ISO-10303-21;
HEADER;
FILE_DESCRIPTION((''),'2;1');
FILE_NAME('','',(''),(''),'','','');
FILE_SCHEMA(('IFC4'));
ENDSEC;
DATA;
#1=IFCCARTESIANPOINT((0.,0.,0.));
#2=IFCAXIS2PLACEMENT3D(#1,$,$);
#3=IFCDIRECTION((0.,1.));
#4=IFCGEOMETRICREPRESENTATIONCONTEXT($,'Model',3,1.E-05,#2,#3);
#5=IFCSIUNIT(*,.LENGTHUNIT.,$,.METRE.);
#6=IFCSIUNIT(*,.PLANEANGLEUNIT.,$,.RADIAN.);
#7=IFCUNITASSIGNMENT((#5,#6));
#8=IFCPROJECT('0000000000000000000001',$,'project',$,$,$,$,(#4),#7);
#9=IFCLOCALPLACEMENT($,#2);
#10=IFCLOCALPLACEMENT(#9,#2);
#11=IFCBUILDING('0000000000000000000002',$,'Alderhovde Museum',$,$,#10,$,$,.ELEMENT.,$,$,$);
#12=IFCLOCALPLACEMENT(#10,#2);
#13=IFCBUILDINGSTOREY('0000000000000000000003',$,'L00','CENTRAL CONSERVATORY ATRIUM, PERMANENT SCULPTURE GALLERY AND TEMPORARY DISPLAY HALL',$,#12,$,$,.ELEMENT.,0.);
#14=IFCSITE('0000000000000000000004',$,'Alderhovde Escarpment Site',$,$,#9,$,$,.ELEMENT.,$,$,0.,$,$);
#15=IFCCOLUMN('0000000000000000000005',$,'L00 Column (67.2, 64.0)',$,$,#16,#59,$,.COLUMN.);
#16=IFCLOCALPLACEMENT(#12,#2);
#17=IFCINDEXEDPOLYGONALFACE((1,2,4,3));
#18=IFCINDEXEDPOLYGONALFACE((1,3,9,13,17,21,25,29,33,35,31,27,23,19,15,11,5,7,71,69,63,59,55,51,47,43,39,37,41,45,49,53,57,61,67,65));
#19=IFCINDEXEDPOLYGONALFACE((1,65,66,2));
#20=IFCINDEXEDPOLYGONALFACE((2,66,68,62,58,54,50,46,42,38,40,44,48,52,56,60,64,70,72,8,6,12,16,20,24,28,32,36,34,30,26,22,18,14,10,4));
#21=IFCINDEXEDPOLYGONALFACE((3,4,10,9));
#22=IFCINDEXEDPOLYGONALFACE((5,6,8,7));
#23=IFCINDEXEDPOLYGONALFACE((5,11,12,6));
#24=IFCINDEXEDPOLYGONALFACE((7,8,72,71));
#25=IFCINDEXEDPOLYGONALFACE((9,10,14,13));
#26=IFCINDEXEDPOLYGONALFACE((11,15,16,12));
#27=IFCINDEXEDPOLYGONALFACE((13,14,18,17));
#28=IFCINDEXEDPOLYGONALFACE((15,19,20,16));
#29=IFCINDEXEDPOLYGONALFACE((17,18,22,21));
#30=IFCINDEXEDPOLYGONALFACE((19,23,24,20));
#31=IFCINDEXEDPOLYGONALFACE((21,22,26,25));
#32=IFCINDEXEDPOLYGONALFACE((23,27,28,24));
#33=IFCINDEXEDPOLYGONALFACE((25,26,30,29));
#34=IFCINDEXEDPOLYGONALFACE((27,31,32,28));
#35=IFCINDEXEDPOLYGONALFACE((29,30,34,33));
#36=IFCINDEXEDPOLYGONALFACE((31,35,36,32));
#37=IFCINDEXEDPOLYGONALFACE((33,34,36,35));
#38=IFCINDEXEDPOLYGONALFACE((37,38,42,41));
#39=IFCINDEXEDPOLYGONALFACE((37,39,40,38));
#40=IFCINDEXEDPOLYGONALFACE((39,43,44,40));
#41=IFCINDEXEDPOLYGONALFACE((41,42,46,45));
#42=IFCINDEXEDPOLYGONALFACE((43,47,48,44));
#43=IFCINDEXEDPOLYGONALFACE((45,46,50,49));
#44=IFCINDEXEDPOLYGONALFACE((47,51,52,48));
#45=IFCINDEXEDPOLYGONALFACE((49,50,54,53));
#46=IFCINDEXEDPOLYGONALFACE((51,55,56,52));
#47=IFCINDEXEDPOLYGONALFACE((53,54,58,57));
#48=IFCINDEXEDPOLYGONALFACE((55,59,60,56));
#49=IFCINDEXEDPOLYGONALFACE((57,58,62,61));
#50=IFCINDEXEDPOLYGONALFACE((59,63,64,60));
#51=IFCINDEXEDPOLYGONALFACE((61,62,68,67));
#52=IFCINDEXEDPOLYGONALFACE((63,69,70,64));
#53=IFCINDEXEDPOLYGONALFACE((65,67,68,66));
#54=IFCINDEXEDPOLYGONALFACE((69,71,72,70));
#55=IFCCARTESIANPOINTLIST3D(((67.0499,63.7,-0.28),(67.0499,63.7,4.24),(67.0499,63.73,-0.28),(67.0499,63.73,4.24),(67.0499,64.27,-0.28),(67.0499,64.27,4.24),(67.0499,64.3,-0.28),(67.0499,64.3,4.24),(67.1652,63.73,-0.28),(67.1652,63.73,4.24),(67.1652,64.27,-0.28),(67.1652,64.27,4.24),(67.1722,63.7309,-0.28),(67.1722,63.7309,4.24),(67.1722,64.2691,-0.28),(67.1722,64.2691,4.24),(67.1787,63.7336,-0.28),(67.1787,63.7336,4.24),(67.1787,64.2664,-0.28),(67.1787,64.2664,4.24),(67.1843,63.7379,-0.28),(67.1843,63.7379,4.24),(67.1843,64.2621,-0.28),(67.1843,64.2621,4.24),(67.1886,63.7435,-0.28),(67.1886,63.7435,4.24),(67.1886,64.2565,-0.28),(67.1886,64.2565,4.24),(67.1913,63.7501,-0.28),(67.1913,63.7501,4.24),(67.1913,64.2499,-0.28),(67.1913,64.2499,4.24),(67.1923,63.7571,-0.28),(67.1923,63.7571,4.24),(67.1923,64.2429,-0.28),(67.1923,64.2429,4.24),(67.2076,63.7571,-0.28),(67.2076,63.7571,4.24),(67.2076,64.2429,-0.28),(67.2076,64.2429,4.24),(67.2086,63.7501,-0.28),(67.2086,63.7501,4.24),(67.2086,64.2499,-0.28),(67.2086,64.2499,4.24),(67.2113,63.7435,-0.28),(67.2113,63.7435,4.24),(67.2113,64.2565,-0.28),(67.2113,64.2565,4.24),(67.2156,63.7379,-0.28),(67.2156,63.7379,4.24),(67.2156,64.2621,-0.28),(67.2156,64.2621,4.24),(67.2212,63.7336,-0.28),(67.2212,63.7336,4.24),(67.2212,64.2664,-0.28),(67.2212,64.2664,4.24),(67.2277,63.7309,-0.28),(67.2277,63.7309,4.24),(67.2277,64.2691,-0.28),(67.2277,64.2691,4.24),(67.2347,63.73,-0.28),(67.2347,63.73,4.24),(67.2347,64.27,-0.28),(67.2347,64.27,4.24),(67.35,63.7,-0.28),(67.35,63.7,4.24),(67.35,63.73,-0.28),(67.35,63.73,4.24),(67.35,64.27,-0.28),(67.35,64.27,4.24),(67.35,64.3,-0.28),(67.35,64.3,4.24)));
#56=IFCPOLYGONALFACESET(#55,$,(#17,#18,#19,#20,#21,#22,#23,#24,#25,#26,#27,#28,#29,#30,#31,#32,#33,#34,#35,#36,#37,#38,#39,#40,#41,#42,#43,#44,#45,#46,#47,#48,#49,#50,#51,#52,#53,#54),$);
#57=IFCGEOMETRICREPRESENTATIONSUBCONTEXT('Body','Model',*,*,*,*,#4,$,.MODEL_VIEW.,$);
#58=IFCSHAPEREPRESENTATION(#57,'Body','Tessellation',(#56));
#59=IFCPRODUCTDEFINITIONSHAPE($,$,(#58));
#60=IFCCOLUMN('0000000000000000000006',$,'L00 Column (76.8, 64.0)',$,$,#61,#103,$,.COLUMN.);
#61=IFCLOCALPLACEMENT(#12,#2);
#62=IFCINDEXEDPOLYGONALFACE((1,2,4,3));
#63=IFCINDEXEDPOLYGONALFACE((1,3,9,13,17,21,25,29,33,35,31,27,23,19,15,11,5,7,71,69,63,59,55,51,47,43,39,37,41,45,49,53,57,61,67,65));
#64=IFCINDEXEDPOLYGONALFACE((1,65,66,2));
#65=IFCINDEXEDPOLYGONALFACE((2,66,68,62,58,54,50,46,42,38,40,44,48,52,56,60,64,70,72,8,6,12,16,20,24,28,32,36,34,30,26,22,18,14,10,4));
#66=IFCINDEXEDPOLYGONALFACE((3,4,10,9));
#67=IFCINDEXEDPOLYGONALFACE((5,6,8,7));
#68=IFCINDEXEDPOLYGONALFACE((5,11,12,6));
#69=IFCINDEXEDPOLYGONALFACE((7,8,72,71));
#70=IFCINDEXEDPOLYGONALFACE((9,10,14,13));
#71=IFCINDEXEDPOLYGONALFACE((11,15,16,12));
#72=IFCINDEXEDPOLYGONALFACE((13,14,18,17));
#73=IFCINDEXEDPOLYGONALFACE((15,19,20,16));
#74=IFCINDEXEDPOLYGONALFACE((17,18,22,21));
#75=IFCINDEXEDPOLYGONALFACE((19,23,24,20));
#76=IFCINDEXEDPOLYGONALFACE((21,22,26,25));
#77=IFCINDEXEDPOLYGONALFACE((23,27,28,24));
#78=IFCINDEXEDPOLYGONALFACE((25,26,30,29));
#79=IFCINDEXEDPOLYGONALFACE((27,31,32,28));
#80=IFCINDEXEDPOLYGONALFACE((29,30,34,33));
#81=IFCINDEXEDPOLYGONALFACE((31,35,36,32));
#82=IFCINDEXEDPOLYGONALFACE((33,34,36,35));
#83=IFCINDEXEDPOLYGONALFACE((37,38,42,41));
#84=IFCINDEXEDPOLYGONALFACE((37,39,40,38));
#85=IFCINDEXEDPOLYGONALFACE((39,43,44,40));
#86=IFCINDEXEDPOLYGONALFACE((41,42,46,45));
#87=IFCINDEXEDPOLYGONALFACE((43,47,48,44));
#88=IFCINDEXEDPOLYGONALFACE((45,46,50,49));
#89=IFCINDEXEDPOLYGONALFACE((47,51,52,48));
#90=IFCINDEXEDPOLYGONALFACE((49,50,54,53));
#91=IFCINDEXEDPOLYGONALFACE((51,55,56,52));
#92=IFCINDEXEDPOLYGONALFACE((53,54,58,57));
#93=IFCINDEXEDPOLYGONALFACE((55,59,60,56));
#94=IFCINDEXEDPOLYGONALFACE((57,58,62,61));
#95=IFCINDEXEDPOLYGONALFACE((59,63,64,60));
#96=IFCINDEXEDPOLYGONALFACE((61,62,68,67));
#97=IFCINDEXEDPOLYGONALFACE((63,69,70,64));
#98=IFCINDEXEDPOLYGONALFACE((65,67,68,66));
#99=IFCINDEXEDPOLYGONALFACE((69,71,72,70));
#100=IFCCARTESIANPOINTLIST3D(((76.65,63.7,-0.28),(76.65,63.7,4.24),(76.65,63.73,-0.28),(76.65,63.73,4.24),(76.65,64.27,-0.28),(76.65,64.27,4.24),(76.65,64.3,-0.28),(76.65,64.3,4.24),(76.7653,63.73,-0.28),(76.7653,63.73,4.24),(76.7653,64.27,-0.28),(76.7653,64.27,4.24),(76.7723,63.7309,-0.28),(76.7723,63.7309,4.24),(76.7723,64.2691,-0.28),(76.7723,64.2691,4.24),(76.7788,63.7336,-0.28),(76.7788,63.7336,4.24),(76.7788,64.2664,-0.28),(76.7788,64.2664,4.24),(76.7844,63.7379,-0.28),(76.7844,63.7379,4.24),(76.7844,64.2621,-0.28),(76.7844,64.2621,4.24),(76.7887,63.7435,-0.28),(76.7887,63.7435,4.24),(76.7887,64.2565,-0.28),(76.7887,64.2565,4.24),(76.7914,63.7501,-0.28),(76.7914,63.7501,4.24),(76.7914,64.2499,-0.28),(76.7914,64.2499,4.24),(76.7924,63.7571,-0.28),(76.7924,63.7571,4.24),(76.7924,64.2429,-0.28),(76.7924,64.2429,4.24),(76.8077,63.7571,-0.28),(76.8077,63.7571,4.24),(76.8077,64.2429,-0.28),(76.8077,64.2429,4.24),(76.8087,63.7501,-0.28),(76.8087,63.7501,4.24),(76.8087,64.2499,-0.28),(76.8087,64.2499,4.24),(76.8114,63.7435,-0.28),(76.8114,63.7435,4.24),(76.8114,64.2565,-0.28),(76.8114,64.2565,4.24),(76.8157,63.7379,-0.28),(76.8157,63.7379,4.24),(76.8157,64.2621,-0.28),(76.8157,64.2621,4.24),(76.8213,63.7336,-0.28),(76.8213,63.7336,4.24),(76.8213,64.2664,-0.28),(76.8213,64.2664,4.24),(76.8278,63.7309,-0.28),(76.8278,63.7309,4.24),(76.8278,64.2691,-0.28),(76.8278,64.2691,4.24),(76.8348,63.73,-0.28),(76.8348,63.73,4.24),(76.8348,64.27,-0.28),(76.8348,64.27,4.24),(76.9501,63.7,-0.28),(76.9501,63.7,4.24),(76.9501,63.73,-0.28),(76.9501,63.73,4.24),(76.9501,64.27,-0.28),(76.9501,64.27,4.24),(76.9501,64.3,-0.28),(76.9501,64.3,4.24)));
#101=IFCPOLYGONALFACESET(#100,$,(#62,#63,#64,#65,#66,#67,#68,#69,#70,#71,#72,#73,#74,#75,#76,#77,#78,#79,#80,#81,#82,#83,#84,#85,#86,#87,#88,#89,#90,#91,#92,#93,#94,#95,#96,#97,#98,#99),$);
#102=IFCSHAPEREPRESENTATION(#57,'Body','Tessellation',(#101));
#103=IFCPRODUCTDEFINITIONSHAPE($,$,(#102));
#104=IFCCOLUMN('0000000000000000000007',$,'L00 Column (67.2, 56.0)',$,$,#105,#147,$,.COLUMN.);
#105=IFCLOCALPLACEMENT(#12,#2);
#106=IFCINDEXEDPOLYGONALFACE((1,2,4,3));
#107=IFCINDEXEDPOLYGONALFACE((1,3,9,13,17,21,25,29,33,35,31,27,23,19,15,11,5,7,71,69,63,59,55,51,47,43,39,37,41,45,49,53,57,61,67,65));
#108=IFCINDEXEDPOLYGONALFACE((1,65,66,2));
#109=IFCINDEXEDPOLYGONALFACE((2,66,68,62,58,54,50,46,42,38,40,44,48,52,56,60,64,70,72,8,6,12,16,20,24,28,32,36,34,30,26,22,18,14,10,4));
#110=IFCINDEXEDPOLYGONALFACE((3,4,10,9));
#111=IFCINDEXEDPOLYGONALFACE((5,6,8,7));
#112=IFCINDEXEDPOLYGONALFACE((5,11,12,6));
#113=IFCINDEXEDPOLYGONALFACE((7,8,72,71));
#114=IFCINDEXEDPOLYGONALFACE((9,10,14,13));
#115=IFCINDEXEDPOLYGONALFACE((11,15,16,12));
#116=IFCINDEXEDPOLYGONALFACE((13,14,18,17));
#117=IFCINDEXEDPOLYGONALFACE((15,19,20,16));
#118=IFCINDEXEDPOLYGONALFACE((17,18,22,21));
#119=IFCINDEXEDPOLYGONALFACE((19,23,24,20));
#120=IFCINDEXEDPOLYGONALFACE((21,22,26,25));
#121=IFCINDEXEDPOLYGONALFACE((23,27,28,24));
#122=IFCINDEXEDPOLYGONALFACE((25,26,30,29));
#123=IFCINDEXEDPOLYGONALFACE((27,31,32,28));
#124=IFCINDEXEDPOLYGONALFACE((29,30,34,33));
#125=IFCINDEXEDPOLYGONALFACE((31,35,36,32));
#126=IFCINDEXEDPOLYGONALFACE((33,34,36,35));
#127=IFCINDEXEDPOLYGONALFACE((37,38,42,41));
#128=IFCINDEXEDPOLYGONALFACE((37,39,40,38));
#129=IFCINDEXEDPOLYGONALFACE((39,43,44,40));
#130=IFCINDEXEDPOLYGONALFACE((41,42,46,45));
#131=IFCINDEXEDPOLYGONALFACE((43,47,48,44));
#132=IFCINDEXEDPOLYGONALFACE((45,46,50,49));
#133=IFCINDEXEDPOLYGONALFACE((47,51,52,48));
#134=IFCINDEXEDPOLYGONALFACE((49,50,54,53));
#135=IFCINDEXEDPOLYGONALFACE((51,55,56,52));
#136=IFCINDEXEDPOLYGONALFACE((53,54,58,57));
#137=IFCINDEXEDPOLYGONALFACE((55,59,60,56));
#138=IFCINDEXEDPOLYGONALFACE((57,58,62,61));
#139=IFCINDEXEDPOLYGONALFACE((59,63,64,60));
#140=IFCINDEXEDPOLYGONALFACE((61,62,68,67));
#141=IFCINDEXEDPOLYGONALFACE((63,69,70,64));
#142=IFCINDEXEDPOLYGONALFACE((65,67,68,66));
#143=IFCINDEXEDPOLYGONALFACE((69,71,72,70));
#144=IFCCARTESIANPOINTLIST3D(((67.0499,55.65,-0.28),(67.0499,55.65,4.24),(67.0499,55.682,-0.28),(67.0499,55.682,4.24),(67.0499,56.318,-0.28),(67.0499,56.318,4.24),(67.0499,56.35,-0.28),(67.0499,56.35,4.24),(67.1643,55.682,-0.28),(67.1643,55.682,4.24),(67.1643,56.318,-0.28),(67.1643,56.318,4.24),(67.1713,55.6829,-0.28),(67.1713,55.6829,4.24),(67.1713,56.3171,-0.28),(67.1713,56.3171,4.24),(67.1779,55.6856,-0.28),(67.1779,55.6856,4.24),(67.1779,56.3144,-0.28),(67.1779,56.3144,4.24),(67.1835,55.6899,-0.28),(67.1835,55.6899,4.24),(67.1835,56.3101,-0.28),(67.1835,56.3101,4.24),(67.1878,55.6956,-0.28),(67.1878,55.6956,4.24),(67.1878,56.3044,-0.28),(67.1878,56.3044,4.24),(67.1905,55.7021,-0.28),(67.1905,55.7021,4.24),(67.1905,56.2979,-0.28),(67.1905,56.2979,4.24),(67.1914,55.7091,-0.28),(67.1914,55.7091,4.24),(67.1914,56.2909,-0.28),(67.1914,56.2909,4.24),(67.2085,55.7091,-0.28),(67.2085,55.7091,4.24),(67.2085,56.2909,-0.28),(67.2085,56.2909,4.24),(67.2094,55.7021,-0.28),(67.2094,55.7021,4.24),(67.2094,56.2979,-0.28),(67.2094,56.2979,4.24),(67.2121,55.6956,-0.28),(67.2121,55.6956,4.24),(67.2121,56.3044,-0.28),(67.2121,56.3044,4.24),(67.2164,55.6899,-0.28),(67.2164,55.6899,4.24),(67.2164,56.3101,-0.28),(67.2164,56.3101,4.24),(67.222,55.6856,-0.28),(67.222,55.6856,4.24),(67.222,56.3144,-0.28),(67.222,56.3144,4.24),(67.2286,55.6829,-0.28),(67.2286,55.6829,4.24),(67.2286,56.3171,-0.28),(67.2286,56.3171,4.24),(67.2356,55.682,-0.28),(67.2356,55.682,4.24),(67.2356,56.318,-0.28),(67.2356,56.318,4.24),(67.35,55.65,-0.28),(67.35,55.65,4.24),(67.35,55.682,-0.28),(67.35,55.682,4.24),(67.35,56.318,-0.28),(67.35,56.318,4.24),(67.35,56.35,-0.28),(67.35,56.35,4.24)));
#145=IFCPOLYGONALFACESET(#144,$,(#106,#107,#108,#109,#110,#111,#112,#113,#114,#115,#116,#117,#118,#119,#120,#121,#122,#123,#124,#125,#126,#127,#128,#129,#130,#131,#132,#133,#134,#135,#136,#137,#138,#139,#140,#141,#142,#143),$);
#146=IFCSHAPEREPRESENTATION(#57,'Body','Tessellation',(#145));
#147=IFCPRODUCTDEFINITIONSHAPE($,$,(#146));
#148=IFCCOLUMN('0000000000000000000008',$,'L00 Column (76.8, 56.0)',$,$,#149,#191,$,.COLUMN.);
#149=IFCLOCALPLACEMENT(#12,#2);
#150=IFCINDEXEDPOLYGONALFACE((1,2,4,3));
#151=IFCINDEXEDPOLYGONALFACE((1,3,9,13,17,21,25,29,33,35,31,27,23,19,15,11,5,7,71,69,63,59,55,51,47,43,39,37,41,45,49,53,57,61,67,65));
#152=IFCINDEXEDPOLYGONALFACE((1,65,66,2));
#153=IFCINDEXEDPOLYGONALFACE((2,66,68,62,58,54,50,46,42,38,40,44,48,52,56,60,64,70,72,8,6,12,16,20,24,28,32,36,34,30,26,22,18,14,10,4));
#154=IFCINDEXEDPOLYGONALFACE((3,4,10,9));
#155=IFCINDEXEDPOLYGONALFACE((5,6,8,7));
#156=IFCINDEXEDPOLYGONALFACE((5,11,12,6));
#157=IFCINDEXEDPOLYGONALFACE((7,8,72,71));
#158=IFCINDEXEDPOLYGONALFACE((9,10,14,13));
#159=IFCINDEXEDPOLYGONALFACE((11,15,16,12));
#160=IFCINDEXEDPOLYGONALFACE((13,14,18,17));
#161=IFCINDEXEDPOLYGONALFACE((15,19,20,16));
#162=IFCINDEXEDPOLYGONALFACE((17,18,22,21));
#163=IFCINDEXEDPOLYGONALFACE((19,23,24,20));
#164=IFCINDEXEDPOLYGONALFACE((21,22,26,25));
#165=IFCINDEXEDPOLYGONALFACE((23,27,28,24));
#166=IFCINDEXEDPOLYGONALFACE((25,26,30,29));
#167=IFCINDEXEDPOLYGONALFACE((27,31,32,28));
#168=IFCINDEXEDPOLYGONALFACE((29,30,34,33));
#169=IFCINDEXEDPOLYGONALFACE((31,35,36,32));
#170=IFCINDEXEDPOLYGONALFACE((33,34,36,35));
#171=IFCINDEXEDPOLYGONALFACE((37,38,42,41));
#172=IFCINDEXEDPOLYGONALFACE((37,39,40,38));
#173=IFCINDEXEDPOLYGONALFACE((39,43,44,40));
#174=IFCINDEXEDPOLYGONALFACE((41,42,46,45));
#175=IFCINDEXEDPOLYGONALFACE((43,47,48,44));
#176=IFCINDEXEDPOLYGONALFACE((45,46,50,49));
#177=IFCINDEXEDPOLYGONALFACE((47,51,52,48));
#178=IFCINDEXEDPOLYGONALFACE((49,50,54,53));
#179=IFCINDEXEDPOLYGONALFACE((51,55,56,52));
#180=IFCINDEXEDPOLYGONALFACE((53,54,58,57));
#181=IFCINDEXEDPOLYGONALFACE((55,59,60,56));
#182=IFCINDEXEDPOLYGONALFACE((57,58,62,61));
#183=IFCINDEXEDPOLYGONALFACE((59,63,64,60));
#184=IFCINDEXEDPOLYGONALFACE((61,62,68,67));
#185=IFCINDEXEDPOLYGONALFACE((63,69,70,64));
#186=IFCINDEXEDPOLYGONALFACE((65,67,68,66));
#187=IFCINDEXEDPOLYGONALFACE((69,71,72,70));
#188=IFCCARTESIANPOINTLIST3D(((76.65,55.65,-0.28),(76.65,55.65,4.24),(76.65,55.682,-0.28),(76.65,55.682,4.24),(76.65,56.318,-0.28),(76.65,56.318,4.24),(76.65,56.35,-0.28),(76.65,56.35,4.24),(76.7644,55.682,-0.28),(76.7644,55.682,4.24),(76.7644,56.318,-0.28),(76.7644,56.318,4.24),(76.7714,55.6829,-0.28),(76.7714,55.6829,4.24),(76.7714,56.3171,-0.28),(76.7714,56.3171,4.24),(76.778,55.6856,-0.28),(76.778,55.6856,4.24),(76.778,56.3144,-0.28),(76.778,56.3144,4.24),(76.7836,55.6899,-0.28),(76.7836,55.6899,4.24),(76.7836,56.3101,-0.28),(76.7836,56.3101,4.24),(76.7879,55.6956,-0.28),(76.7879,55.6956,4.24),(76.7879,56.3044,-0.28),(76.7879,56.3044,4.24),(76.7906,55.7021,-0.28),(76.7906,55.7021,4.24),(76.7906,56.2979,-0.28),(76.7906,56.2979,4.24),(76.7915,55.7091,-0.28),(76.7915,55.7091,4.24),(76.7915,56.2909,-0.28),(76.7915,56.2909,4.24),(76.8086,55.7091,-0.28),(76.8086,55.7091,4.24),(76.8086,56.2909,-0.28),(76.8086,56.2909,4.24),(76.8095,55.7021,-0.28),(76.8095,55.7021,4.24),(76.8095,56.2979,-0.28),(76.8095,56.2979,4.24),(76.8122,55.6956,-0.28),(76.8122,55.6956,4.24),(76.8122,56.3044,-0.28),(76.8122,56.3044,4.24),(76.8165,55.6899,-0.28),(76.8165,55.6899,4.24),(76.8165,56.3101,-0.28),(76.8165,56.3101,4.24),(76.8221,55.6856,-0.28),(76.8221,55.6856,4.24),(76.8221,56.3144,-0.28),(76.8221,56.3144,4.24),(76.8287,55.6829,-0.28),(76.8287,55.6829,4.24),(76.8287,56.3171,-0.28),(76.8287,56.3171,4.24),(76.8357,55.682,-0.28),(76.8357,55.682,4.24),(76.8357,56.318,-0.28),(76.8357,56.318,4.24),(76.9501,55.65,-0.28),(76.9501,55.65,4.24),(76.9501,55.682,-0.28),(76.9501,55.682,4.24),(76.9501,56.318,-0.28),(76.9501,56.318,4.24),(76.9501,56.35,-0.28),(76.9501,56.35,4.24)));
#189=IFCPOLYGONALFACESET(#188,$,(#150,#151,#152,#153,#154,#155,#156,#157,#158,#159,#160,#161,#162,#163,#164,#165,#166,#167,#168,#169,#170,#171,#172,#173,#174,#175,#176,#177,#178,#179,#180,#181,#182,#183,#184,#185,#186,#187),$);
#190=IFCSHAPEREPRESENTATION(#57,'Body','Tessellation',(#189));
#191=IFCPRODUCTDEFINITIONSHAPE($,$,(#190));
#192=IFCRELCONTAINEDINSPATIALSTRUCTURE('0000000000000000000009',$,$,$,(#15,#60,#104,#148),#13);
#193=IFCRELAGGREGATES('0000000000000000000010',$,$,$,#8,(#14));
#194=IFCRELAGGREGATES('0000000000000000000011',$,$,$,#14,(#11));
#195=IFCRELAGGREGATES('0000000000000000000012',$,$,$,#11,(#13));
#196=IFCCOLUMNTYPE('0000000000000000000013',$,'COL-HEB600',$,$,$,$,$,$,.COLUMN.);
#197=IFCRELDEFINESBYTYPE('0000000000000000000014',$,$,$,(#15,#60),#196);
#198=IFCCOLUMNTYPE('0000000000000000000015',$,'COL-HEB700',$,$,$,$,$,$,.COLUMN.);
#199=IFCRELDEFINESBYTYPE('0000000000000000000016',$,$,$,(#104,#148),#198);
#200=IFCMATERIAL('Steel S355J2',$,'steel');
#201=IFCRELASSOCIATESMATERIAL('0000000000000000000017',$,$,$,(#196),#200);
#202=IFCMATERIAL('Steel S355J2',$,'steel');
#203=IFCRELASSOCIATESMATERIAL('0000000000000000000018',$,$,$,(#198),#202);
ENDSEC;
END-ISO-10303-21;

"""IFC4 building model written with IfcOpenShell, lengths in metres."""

from ifc_helpers import new_model, si_unit, direction, frame, origin, origin_2d, place, context, subcontext, project, spatial, i_section, extrude, material, material_profile, profile_set, type_object, element, save


model = new_model("IFC4")

# Units and contexts
model_context = context("Model", 3, precision=1e-05, world=origin(), true_north=direction((0.0, 1.0)))
body_context = subcontext(model_context, "Body", "Model", "MODEL_VIEW")
ifc_project = project(units=[si_unit("LENGTHUNIT", "METRE"), si_unit("PLANEANGLEUNIT", "RADIAN")], contexts=[model_context])

# Site, building, storey
site_placement = place(None, origin())
site = spatial("IfcSite", under=ifc_project, at=site_placement, Name="Alderhovde Escarpment Site", CompositionType="ELEMENT", RefElevation=0.0)
building_placement = place(site_placement, origin())
building = spatial("IfcBuilding", under=site, at=building_placement, Name="Alderhovde Museum", CompositionType="ELEMENT")
storey_placement = place(building_placement, origin())
storey = spatial("IfcBuildingStorey", under=building, at=storey_placement, Name="L00", Description="CENTRAL CONSERVATORY ATRIUM, PERMANENT SCULPTURE GALLERY AND TEMPORARY DISPLAY HALL", CompositionType="ELEMENT", Elevation=0.0)

# Columns
ifc_material_1 = material(Name="Steel S355J2", Category="steel")
ifc_material_profile_1 = material_profile(ifc_material_1, i_section(OverallWidth=0.3, OverallDepth=0.6001, WebThickness=0.0154, FlangeThickness=0.03, FilletRadius=0.0271, at=origin_2d()), Name="HEB 600")
ifc_profile_set_1 = profile_set([ifc_material_profile_1], Name="Steel S355J2")
column_type_1 = type_object("IfcColumnType", Name="COL-HEB600", PredefinedType="COLUMN", material=ifc_profile_set_1)
for number, where, z_axis, x_axis, name in (
    (1, (67.2, 64.0, -0.28), (0.0, 0.0, 1.0), (1.0, 0.0, 0.0), "L00 Column (67.2, 64.0)"),
    (2, (76.8, 64.0, -0.28), (0.0, 0.0, 1.0), (1.0, 0.0, 0.0), "L00 Column (76.8, 64.0)"),
):
    element("IfcColumn", number, at=place(storey_placement, frame(where, z_axis=z_axis, x_axis=x_axis)), inside=storey, type_object=column_type_1, Name=name, PredefinedType="COLUMN", context=body_context, shape_type="SweptSolid", body=[
        extrude(i_section(OverallWidth=0.3, OverallDepth=0.6001, WebThickness=0.0154, FlangeThickness=0.03, FilletRadius=0.0271, at=origin_2d()), origin(), (0.0, 0.0, 1.0), 4.52),
    ])
ifc_material_2 = material(Name="Steel S355J2", Category="steel")
ifc_material_profile_2 = material_profile(ifc_material_2, i_section(OverallWidth=0.3, OverallDepth=0.7, WebThickness=0.0171, FlangeThickness=0.032, FilletRadius=0.0271, at=origin_2d()), Name="HEB 700")
ifc_profile_set_2 = profile_set([ifc_material_profile_2], Name="Steel S355J2")
column_type_2 = type_object("IfcColumnType", Name="COL-HEB700", PredefinedType="COLUMN", material=ifc_profile_set_2)
for number, where, z_axis, x_axis, name in (
    (3, (67.2, 56.0, -0.28), (0.0, 0.0, 1.0), (1.0, 0.0, 0.0), "L00 Column (67.2, 56.0)"),
    (4, (76.8, 56.0, -0.28), (0.0, 0.0, 1.0), (1.0, 0.0, 0.0), "L00 Column (76.8, 56.0)"),
):
    element("IfcColumn", number, at=place(storey_placement, frame(where, z_axis=z_axis, x_axis=x_axis)), inside=storey, type_object=column_type_2, Name=name, PredefinedType="COLUMN", context=body_context, shape_type="SweptSolid", body=[
        extrude(i_section(OverallWidth=0.3, OverallDepth=0.7, WebThickness=0.0171, FlangeThickness=0.032, FilletRadius=0.0271, at=origin_2d()), origin(), (0.0, 0.0, 1.0), 4.52),
    ])

save(model, "model.ifc")
